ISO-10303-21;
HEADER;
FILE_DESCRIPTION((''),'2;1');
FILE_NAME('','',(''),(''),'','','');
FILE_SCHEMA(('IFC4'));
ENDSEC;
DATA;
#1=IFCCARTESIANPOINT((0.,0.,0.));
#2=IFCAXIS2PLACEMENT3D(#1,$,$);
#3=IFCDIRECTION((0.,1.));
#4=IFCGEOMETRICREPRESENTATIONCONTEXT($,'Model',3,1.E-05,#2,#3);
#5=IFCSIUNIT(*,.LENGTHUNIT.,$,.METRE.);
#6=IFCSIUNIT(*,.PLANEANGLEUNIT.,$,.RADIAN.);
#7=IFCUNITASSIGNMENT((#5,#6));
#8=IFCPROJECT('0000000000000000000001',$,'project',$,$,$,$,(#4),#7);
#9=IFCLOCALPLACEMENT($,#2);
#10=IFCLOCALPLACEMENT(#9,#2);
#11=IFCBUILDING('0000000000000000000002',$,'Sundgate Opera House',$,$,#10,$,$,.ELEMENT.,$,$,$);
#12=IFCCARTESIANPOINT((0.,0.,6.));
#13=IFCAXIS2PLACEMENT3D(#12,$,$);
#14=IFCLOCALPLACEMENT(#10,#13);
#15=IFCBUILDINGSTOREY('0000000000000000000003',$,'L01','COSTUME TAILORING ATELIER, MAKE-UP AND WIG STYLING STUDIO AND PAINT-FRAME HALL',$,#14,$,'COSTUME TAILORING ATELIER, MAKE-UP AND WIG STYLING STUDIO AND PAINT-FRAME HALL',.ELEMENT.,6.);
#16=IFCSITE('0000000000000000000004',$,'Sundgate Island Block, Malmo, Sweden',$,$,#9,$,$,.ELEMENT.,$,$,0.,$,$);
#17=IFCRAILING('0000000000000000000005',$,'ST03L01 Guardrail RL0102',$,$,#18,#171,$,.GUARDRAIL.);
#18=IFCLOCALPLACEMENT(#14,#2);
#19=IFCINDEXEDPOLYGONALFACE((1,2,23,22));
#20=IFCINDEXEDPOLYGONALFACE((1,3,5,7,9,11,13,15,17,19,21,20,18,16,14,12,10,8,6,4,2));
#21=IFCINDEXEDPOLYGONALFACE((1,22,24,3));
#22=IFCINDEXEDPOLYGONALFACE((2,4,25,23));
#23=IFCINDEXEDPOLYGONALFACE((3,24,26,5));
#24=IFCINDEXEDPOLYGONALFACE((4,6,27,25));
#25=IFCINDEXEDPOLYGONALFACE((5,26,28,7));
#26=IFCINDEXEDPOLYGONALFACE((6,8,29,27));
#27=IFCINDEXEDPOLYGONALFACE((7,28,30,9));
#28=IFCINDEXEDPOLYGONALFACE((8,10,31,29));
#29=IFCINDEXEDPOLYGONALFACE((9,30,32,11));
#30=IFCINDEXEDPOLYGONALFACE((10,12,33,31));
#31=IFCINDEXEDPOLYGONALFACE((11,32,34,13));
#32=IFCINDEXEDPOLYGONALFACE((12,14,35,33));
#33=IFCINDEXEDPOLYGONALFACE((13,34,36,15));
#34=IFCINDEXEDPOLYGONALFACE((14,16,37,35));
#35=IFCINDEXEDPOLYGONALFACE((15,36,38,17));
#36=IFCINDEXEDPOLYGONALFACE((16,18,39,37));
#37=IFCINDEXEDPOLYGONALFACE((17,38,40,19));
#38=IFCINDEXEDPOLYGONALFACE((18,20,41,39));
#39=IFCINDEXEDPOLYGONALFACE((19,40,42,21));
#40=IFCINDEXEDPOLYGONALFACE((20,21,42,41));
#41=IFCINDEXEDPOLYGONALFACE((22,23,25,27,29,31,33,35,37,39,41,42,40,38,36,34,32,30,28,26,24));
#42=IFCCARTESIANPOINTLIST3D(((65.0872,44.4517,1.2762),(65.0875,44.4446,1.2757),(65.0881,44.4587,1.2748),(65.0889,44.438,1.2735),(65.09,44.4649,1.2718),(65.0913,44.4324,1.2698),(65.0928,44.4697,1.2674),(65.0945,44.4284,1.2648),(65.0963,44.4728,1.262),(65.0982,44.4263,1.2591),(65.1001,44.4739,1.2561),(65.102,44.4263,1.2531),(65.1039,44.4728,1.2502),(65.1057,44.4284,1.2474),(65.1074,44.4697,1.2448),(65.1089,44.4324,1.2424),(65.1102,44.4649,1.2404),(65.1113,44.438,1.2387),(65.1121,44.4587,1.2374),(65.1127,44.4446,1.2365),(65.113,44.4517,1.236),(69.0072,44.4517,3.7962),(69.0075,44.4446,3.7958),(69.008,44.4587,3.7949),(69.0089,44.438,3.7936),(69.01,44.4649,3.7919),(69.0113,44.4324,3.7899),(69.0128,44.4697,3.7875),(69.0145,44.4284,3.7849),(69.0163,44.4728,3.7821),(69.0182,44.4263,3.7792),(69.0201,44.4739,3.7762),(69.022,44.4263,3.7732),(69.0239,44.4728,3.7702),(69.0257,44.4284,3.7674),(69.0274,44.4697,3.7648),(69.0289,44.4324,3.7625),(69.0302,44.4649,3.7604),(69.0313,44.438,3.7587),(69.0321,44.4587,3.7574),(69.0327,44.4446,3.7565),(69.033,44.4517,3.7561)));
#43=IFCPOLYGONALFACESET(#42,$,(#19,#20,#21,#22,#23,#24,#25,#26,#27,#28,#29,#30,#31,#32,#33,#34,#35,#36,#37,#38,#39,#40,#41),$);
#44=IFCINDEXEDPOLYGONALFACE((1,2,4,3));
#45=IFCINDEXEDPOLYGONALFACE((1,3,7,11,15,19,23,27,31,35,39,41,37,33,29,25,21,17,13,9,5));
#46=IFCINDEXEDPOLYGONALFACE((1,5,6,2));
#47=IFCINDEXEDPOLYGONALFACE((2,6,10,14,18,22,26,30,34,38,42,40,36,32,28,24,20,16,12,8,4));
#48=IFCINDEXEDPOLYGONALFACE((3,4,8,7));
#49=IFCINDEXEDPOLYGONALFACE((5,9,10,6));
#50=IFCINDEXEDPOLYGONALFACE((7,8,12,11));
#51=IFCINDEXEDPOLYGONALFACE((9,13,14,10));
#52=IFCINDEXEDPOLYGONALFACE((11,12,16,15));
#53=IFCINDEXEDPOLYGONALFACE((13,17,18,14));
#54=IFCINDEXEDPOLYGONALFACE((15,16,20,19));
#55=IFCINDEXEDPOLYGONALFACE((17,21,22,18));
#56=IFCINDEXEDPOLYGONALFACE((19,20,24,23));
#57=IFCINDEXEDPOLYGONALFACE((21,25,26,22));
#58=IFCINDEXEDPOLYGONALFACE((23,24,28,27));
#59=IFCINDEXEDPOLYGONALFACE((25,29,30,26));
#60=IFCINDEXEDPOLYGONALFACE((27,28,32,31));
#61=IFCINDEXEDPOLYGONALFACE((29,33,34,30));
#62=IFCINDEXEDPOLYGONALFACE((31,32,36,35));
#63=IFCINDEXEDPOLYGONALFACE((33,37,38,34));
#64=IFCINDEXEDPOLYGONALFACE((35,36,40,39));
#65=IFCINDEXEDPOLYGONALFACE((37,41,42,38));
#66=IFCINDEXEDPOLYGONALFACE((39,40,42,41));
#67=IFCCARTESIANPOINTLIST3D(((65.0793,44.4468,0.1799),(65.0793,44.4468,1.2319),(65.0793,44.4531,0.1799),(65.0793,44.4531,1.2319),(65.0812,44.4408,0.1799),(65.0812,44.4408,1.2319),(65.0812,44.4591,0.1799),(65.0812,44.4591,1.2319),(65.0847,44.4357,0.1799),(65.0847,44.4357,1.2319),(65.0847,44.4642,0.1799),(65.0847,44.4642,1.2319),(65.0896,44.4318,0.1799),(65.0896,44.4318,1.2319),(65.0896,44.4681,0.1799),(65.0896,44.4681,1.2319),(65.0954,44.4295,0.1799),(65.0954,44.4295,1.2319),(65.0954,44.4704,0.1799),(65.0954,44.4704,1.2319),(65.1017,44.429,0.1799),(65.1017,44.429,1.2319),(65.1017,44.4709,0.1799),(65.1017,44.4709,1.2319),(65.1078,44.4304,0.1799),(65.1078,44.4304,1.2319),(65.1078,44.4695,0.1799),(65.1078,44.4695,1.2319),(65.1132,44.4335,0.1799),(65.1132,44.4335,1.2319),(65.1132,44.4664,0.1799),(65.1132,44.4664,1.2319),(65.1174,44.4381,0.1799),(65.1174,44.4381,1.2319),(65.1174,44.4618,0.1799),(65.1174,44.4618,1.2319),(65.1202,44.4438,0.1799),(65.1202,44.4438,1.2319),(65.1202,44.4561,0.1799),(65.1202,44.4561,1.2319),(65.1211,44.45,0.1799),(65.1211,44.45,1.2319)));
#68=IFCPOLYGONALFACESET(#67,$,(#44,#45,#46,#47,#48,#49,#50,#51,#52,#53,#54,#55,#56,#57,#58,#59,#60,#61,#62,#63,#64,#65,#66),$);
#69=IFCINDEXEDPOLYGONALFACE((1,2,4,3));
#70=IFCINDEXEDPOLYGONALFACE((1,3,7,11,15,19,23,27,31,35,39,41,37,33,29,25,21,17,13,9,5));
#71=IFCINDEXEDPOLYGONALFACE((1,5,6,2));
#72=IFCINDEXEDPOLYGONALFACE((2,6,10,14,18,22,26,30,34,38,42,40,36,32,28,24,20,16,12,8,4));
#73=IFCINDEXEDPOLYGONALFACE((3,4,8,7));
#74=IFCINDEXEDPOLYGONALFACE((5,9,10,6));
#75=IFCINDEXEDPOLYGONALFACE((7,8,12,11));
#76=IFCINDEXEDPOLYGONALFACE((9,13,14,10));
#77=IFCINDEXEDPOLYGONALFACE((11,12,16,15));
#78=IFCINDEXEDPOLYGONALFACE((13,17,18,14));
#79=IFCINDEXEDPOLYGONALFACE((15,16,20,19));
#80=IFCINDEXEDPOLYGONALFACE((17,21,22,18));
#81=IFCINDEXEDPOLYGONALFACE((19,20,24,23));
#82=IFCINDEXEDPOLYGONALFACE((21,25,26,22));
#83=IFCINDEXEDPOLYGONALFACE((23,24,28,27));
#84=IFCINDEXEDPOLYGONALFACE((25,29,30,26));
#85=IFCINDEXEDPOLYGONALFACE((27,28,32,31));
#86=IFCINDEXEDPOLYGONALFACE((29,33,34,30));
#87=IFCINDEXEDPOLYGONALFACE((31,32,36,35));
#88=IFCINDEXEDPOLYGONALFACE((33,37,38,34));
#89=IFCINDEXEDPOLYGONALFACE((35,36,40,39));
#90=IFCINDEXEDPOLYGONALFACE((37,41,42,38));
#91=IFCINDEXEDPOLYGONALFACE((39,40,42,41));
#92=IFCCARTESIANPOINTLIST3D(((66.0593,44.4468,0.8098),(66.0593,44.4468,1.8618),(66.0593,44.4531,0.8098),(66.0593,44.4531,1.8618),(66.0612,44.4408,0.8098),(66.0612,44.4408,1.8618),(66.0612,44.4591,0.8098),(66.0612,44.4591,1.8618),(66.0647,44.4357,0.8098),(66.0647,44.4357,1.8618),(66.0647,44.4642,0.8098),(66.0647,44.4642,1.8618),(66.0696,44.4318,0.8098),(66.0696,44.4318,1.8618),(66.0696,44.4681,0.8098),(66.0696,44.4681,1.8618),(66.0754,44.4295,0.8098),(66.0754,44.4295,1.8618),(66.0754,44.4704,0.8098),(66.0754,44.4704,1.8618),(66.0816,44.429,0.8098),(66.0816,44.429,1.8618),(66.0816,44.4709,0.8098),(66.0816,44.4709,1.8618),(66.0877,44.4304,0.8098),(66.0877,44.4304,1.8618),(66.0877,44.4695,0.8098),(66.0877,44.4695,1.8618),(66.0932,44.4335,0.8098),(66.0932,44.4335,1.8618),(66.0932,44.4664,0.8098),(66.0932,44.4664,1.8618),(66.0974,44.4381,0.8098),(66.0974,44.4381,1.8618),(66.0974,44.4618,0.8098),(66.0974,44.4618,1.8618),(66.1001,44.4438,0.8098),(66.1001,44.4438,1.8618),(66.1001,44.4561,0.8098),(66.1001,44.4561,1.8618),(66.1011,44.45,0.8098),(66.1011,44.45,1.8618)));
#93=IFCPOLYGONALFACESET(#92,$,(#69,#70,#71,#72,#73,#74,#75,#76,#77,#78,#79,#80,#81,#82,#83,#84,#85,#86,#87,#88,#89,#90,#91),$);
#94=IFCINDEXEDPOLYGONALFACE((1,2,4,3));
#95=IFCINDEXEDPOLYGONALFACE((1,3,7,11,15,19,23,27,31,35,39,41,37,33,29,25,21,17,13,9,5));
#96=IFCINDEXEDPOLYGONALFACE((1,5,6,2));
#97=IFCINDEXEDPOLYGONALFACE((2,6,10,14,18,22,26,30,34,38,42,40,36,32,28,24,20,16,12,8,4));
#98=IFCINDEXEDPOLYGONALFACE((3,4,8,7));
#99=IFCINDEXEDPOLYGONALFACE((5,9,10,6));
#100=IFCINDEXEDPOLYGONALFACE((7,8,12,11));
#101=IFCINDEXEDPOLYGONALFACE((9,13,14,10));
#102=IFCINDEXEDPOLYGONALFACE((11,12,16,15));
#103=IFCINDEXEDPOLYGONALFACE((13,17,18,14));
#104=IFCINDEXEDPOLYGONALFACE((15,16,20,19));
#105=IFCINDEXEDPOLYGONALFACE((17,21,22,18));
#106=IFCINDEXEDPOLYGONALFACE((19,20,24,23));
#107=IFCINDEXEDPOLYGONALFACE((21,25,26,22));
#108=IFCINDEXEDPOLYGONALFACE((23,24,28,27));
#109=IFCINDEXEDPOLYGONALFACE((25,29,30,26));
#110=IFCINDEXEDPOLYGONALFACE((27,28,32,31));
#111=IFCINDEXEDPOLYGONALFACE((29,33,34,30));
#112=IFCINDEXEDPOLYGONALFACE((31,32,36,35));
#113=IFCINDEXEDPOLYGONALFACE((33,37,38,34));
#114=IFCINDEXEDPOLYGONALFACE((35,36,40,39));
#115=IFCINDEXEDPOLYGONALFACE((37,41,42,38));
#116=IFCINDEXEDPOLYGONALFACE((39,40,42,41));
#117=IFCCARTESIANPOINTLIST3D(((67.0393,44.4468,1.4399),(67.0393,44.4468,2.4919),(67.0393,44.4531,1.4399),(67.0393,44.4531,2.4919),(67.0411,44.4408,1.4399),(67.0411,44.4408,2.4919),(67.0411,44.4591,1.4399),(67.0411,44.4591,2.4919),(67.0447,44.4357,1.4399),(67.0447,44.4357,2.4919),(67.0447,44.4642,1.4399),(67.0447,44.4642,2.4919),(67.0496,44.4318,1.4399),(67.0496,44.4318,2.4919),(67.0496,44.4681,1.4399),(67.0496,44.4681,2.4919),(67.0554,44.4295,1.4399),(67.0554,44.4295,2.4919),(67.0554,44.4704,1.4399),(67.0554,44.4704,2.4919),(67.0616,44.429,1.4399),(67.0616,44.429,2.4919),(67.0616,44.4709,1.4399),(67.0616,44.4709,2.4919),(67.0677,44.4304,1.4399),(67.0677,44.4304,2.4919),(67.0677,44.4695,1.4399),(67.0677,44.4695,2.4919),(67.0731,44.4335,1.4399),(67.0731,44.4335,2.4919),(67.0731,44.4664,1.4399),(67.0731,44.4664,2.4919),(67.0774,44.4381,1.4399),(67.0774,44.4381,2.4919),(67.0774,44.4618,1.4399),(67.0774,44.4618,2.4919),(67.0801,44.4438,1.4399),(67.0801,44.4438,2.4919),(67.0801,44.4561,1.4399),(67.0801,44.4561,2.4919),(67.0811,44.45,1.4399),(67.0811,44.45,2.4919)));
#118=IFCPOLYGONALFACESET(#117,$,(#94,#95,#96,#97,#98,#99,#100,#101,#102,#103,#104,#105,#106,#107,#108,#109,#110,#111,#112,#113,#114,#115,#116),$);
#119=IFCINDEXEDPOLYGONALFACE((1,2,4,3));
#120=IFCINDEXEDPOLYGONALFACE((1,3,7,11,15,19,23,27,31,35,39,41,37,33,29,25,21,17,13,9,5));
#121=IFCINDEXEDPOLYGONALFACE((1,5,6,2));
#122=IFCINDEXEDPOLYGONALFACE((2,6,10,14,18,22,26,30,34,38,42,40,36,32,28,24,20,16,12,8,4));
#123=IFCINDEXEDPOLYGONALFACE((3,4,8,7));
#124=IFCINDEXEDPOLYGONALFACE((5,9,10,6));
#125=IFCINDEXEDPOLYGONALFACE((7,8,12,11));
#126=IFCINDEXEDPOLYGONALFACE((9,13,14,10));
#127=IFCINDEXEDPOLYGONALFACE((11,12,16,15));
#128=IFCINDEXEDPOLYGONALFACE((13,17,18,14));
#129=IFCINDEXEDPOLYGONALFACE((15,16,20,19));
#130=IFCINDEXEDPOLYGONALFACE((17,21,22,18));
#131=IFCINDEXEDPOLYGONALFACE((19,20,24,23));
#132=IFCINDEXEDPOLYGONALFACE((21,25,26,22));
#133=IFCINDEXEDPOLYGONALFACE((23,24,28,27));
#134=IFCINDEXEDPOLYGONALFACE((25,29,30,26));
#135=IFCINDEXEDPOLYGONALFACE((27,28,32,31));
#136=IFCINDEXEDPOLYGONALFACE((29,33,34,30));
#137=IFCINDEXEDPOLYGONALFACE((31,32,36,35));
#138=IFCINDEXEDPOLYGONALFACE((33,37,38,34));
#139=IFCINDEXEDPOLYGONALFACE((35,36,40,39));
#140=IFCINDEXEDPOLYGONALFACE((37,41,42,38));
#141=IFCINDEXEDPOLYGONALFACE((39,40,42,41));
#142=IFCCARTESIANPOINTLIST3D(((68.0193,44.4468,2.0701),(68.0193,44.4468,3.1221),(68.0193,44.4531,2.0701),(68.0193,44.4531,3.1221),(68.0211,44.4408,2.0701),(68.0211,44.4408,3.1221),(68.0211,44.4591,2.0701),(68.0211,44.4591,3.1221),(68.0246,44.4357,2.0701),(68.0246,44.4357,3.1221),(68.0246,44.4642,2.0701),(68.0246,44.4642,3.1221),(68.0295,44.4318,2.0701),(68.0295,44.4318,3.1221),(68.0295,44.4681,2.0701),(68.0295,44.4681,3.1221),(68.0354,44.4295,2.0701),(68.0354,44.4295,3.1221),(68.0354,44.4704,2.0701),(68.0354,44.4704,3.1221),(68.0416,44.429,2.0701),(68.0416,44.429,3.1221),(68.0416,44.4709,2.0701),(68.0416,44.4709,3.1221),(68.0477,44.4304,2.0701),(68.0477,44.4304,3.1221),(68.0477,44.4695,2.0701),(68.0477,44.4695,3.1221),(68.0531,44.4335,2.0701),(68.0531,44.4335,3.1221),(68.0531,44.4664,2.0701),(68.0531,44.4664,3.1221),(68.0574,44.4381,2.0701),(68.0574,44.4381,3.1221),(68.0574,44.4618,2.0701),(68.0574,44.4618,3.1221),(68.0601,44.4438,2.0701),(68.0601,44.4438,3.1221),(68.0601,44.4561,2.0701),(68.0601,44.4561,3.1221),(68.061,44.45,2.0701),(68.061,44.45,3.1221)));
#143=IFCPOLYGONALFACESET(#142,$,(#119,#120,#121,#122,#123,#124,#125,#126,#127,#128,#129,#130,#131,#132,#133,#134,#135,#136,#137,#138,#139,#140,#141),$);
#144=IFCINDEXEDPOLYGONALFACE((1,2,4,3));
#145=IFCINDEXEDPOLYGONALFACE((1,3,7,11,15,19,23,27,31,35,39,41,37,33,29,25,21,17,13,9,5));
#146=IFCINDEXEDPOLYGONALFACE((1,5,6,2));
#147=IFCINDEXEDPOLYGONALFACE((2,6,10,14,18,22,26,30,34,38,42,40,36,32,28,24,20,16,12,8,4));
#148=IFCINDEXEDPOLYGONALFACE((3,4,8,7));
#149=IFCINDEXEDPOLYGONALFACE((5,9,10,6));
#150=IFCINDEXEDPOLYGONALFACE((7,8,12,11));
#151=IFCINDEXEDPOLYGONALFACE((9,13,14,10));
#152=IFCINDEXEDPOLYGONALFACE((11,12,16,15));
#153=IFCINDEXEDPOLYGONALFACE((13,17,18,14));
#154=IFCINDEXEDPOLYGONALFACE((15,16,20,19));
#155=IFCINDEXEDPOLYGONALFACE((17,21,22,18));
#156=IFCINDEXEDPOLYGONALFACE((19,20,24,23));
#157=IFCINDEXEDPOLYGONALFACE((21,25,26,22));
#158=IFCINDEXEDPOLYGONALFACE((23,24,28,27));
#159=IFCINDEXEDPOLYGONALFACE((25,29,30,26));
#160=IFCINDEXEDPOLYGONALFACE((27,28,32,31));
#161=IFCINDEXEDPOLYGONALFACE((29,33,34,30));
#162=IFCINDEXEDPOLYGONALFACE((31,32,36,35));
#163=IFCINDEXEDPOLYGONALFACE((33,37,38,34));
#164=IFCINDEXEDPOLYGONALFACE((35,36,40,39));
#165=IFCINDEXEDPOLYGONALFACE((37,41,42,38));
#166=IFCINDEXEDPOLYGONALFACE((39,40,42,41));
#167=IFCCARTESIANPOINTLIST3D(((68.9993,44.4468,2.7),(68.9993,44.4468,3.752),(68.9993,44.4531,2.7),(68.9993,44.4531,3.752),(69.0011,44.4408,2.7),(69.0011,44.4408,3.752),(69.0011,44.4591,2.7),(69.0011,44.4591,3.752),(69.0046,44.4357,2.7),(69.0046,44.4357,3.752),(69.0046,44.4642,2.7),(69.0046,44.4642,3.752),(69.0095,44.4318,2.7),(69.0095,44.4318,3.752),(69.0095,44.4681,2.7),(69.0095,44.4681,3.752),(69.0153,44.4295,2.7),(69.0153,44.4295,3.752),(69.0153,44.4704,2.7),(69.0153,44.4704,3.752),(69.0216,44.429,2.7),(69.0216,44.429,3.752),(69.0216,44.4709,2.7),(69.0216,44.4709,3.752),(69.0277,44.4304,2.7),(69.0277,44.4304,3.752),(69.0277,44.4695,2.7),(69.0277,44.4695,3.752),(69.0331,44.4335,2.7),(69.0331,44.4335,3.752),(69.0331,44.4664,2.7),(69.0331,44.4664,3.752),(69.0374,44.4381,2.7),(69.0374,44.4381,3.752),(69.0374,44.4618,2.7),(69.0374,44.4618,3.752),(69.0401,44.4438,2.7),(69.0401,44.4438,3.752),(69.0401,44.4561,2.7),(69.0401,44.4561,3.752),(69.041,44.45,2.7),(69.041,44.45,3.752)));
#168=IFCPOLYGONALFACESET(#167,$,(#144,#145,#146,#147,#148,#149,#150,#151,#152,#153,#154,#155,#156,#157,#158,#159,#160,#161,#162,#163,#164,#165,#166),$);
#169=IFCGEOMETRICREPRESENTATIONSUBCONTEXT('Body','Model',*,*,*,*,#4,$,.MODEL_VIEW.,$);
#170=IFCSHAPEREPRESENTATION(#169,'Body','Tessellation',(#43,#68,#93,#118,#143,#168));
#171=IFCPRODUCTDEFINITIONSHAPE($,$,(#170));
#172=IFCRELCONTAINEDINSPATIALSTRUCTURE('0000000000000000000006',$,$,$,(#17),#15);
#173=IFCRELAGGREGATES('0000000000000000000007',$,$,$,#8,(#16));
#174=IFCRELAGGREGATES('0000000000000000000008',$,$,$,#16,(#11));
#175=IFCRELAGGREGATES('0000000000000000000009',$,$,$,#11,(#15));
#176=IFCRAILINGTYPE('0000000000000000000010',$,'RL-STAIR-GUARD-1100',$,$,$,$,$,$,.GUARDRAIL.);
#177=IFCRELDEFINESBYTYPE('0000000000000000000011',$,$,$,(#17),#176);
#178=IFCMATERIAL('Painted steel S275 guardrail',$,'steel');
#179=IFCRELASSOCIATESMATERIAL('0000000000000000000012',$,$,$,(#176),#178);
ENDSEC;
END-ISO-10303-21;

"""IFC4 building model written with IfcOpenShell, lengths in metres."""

from ifc_helpers import new_model, si_unit, direction, frame, origin, origin_2d, place, context, subcontext, project, spatial, circle, extrude, material, type_object, element, save


model = new_model("IFC4")

# Units and contexts
model_context = context("Model", 3, precision=1e-05, world=origin(), true_north=direction((0.0, 1.0)))
body_context = subcontext(model_context, "Body", "Model", "MODEL_VIEW")
ifc_project = project(units=[si_unit("LENGTHUNIT", "METRE"), si_unit("PLANEANGLEUNIT", "RADIAN")], contexts=[model_context])

# Site, building, storey
site_placement = place(None, origin())
site = spatial("IfcSite", under=ifc_project, at=site_placement, Name="Sundgate Island Block, Malmo, Sweden", CompositionType="ELEMENT", RefElevation=0.0)
building_placement = place(site_placement, origin())
building = spatial("IfcBuilding", under=site, at=building_placement, Name="Sundgate Opera House", CompositionType="ELEMENT")
storey_placement = place(building_placement, frame((0.0, 0.0, 6.0)))
storey = spatial("IfcBuildingStorey", under=building, at=storey_placement, Name="L01", Description="COSTUME TAILORING ATELIER, MAKE-UP AND WIG STYLING STUDIO AND PAINT-FRAME HALL", LongName="COSTUME TAILORING ATELIER, MAKE-UP AND WIG STYLING STUDIO AND PAINT-FRAME HALL", CompositionType="ELEMENT", Elevation=6.0)

# Railing
ifc_material_1 = material(Name="Painted steel S275 guardrail", Category="steel")
railing_type_1 = type_object("IfcRailingType", Name="RL-STAIR-GUARD-1100", PredefinedType="GUARDRAIL", material=ifc_material_1)
railing_1_placement = place(storey_placement, frame((65.1001, 44.45, 0.1799)))
element("IfcRailing", 1, at=railing_1_placement, inside=storey, type_object=railing_type_1, Name="ST03L01 Guardrail RL0102", PredefinedType="GUARDRAIL", context=body_context, shape_type="SweptSolid", body=[
    extrude(circle(Radius=0.0239, at=origin_2d()), frame((0.0, 0.0, 1.0762), z_axis=(0.841172, 0.0, 0.540768), x_axis=(0.0, 1.0, 0.0)), (0.0, 0.0, 1.0), 4.6602),
    extrude(circle(Radius=0.021, at=origin_2d()), origin(), (0.0, 0.0, 1.0), 1.052),
    extrude(circle(Radius=0.021, at=origin_2d()), frame((0.98, 0.0, 0.6299)), (0.0, 0.0, 1.0), 1.052),
    extrude(circle(Radius=0.021, at=origin_2d()), frame((1.96, 0.0, 1.26)), (0.0, 0.0, 1.0), 1.052),
    extrude(circle(Radius=0.021, at=origin_2d()), frame((2.9399, 0.0, 1.8901)), (0.0, 0.0, 1.0), 1.052),
    extrude(circle(Radius=0.021, at=origin_2d()), frame((3.9199, 0.0, 2.52)), (0.0, 0.0, 1.0), 1.052),
])

save(model, "model.ifc")
